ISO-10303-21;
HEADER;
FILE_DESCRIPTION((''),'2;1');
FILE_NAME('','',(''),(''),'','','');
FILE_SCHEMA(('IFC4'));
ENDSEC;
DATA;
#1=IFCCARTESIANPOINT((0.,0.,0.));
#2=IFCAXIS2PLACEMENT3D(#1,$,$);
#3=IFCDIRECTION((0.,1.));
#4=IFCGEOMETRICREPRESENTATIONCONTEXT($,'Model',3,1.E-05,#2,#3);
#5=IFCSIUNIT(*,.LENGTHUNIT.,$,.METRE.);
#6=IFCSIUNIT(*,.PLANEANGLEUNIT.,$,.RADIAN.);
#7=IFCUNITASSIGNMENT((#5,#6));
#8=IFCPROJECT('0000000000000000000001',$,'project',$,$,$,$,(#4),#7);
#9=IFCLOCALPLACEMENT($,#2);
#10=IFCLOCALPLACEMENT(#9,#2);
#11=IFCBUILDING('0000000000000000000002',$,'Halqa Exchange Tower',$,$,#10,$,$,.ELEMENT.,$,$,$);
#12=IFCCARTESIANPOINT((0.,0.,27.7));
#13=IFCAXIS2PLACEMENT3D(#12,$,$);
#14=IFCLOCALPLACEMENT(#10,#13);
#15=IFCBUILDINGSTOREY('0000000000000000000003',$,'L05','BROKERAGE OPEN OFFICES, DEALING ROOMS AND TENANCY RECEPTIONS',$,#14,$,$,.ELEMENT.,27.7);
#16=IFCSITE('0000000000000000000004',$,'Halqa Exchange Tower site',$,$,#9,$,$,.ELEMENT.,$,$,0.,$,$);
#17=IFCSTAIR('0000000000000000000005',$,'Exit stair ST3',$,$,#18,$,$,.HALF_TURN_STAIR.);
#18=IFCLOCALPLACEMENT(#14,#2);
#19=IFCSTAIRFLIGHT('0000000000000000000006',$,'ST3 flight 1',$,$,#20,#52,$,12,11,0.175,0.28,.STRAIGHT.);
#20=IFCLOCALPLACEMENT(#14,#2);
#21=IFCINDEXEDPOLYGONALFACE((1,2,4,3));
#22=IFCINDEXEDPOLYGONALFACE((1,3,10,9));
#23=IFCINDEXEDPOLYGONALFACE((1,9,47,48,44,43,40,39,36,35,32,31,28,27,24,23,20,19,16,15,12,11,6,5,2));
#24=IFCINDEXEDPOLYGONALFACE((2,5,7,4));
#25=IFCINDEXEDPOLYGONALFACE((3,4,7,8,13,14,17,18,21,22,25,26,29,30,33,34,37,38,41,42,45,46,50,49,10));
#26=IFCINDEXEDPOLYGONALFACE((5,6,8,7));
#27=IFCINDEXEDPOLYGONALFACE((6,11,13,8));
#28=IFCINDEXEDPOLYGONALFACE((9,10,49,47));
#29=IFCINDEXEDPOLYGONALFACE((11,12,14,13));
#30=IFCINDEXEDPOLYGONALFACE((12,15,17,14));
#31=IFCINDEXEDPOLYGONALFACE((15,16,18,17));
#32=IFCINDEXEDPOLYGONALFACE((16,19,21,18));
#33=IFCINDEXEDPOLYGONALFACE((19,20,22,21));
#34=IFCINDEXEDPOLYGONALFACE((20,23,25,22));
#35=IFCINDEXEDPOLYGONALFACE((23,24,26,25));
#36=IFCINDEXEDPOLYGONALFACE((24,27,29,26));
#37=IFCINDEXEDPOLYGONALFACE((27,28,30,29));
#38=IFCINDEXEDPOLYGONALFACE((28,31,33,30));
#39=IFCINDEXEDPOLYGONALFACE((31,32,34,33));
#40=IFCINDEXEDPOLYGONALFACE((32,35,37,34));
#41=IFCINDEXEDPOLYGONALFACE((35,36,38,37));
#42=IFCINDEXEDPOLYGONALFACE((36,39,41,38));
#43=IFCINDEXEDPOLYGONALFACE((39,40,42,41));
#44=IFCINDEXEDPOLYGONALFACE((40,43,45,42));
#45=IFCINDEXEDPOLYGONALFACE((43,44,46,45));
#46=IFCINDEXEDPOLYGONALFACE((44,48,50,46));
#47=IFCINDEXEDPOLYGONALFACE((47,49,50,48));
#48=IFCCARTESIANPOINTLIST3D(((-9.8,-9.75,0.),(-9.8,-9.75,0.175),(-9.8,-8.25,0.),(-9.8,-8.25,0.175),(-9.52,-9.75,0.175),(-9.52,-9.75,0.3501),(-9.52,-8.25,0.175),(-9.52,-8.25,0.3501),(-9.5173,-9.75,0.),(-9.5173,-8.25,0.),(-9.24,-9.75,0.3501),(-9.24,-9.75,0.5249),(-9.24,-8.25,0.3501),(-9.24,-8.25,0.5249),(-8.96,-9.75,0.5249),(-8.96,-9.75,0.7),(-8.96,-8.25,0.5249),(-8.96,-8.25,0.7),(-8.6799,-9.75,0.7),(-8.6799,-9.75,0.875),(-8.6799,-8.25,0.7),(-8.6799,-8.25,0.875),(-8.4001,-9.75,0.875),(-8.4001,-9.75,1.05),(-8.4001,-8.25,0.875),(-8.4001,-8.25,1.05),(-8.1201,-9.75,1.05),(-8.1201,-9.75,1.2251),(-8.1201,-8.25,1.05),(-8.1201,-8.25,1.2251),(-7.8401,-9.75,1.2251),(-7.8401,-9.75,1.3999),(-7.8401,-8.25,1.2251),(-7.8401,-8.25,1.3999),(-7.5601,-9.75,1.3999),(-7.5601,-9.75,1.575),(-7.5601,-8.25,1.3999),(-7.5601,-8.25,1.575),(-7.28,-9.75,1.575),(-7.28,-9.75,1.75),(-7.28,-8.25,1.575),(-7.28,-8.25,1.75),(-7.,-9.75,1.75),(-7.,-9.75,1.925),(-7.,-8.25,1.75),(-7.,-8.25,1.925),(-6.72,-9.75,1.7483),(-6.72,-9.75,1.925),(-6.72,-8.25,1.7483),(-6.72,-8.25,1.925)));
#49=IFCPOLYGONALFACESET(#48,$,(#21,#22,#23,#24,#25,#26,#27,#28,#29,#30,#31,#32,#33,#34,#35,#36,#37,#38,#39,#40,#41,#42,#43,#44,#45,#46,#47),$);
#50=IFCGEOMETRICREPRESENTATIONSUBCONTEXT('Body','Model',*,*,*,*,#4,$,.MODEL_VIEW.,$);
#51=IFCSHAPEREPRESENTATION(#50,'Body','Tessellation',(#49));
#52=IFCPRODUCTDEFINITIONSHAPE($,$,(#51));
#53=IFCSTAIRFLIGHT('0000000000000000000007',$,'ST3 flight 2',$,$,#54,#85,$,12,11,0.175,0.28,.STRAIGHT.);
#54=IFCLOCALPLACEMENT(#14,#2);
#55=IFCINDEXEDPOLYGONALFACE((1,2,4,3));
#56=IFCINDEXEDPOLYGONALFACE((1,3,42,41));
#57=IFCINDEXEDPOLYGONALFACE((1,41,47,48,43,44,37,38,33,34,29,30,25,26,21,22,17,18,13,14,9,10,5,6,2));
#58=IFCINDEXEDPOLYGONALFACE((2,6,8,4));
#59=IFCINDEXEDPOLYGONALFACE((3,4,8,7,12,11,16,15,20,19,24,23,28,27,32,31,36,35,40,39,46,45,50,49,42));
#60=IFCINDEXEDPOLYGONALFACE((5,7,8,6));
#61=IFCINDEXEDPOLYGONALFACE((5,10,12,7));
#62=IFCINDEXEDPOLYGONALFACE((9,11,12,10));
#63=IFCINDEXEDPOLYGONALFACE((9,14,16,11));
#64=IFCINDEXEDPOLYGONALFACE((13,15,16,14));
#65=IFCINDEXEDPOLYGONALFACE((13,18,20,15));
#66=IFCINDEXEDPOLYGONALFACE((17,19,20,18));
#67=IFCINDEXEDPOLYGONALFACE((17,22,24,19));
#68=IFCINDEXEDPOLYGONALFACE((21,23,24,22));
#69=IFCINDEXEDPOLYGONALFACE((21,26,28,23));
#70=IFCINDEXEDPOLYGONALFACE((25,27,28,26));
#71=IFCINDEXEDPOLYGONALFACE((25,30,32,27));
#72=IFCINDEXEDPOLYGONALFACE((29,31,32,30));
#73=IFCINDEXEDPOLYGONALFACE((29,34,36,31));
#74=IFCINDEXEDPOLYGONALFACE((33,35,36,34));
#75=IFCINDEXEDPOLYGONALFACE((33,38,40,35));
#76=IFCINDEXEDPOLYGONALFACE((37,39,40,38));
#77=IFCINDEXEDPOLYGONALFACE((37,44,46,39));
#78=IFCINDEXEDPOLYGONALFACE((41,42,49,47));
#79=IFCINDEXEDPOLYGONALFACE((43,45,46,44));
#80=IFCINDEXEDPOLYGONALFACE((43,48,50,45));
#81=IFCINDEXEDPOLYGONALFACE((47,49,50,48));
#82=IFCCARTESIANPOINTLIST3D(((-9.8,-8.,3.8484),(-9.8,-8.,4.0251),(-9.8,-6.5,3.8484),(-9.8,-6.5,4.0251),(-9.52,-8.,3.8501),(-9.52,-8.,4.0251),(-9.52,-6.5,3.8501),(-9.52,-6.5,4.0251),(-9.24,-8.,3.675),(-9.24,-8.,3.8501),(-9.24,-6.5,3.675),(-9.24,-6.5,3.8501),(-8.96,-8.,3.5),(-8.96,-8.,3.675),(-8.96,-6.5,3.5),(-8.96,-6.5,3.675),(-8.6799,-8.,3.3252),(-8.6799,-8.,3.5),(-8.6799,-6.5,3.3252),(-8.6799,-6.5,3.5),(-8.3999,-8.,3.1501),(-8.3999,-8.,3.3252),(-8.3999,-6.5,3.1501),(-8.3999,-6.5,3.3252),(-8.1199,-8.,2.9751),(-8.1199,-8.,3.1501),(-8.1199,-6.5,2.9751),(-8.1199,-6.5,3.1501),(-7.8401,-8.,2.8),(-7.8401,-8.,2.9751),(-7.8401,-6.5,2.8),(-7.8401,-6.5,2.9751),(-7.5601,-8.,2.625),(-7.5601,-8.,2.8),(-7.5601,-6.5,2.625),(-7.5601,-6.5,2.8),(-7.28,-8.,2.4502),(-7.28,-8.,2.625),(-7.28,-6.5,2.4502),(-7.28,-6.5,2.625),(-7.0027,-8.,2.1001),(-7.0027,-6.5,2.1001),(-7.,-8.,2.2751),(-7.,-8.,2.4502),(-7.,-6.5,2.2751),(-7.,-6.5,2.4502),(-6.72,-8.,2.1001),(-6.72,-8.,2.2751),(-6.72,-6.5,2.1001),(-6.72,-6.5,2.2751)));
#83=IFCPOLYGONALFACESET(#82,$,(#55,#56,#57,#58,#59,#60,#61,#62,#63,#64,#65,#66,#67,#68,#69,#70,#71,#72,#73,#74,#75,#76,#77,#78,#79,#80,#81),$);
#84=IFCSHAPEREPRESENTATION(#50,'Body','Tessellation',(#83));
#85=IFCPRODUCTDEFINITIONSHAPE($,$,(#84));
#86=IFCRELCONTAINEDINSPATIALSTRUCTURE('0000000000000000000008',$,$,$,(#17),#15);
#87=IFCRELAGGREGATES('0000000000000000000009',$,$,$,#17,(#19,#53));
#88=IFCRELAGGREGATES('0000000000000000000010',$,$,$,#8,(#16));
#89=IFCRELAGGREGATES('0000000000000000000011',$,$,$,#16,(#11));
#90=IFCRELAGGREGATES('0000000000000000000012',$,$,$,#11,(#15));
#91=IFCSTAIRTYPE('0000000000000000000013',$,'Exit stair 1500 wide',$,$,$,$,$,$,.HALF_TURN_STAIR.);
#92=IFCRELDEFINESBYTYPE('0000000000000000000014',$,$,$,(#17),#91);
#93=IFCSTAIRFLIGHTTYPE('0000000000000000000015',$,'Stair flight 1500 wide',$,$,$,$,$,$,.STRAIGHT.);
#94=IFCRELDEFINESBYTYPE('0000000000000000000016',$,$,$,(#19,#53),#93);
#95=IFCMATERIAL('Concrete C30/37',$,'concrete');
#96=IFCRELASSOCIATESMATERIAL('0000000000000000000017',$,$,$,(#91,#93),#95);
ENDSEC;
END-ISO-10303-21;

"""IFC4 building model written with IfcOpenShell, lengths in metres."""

from ifc_helpers import new_model, si_unit, direction, frame, origin, place, context, subcontext, project, spatial, polyline, outline, extrude, material, type_object, element, aggregate, save


model = new_model("IFC4")

# Units and contexts
model_context = context("Model", 3, precision=1e-05, world=origin(), true_north=direction((0.0, 1.0)))
body_context = subcontext(model_context, "Body", "Model", "MODEL_VIEW")
ifc_project = project(units=[si_unit("LENGTHUNIT", "METRE"), si_unit("PLANEANGLEUNIT", "RADIAN")], contexts=[model_context])

# Site, building, storey
site_placement = place(None, origin())
site = spatial("IfcSite", under=ifc_project, at=site_placement, Name="Halqa Exchange Tower site", CompositionType="ELEMENT", RefElevation=0.0)
building_placement = place(site_placement, origin())
building = spatial("IfcBuilding", under=site, at=building_placement, Name="Halqa Exchange Tower", CompositionType="ELEMENT")
storey_placement = place(building_placement, frame((0.0, 0.0, 27.7)))
storey = spatial("IfcBuildingStorey", under=building, at=storey_placement, Name="L05", Description="BROKERAGE OPEN OFFICES, DEALING ROOMS AND TENANCY RECEPTIONS", CompositionType="ELEMENT", Elevation=27.7)

# Shared definitions
ifc_material_1 = material(Name="Concrete C30/37", Category="concrete")

# Stair, stair flights
stair_type = type_object("IfcStairType", Name="Exit stair 1500 wide", PredefinedType="HALF_TURN_STAIR", material=ifc_material_1)
stair_placement = place(storey_placement, origin())
stair = element("IfcStair", 1, at=stair_placement, inside=storey, type_object=stair_type, Name="Exit stair ST3", PredefinedType="HALF_TURN_STAIR")
stair_flight_type = type_object("IfcStairFlightType", Name="Stair flight 1500 wide", PredefinedType="STRAIGHT", material=ifc_material_1)
stair_flight_1_placement = place(storey_placement, frame((-9.8, -9.0, 0.0), z_axis=(0.0, 0.0, 1.0), x_axis=(1.0, 0.0, 0.0)))
stair_flight_1 = element("IfcStairFlight", 2, at=stair_flight_1_placement, type_object=stair_flight_type, Name="ST3 flight 1", NumberOfRisers=12, NumberOfTreads=11, PredefinedType="STRAIGHT", RiserHeight=0.175, TreadLength=0.28, context=body_context, shape_type="SweptSolid", body=[
    extrude(outline(polyline([(0.0, 0.0), (0.0, 0.175), (0.28, 0.175), (0.28, 0.3501), (0.5601, 0.3501), (0.5601, 0.5249), (0.8401, 0.5249), (0.8401, 0.7), (1.1201, 0.7), (1.1201, 0.875), (1.3999, 0.875), (1.3999, 1.05), (1.6799, 1.05), (1.6799, 1.2251), (1.96, 1.2251), (1.96, 1.3999), (2.24, 1.3999), (2.24, 1.575), (2.52, 1.575), (2.52, 1.75), (2.8, 1.75), (2.8, 1.925), (3.0801, 1.925), (3.0801, 2.1001), (3.0801, 1.7483), (0.2827, 0.0), (0.0, 0.0)])), frame((0.0, 0.75, 0.0), z_axis=(0.0, -1.0, 0.0), x_axis=(1.0, 0.0, 0.0)), (0.0, 0.0, 1.0), 1.5),
])
stair_flight_2_placement = place(storey_placement, frame((-6.72, -7.25, 2.1001), z_axis=(0.0, 0.0, 1.0), x_axis=(-1.0, 0.0, 0.0)))
stair_flight_2 = element("IfcStairFlight", 3, at=stair_flight_2_placement, type_object=stair_flight_type, Name="ST3 flight 2", NumberOfRisers=12, NumberOfTreads=11, PredefinedType="STRAIGHT", RiserHeight=0.175, TreadLength=0.28, context=body_context, shape_type="SweptSolid", body=[
    extrude(outline(polyline([(0.0, 0.0), (0.0, 0.175), (0.28, 0.175), (0.28, 0.3501), (0.5601, 0.3501), (0.5601, 0.5249), (0.8401, 0.5249), (0.8401, 0.7), (1.1201, 0.7), (1.1201, 0.875), (1.3999, 0.875), (1.3999, 1.05), (1.6799, 1.05), (1.6799, 1.2251), (1.96, 1.2251), (1.96, 1.3999), (2.24, 1.3999), (2.24, 1.575), (2.52, 1.575), (2.52, 1.75), (2.8, 1.75), (2.8, 1.925), (3.0801, 1.925), (3.0801, 2.1001), (3.0801, 1.7483), (0.2827, 0.0), (0.0, 0.0)])), frame((0.0, 0.75, 0.0), z_axis=(0.0, -1.0, 0.0), x_axis=(1.0, 0.0, 0.0)), (0.0, 0.0, 1.0), 1.5),
])
aggregate(stair, [stair_flight_1, stair_flight_2])

save(model, "model.ifc")
